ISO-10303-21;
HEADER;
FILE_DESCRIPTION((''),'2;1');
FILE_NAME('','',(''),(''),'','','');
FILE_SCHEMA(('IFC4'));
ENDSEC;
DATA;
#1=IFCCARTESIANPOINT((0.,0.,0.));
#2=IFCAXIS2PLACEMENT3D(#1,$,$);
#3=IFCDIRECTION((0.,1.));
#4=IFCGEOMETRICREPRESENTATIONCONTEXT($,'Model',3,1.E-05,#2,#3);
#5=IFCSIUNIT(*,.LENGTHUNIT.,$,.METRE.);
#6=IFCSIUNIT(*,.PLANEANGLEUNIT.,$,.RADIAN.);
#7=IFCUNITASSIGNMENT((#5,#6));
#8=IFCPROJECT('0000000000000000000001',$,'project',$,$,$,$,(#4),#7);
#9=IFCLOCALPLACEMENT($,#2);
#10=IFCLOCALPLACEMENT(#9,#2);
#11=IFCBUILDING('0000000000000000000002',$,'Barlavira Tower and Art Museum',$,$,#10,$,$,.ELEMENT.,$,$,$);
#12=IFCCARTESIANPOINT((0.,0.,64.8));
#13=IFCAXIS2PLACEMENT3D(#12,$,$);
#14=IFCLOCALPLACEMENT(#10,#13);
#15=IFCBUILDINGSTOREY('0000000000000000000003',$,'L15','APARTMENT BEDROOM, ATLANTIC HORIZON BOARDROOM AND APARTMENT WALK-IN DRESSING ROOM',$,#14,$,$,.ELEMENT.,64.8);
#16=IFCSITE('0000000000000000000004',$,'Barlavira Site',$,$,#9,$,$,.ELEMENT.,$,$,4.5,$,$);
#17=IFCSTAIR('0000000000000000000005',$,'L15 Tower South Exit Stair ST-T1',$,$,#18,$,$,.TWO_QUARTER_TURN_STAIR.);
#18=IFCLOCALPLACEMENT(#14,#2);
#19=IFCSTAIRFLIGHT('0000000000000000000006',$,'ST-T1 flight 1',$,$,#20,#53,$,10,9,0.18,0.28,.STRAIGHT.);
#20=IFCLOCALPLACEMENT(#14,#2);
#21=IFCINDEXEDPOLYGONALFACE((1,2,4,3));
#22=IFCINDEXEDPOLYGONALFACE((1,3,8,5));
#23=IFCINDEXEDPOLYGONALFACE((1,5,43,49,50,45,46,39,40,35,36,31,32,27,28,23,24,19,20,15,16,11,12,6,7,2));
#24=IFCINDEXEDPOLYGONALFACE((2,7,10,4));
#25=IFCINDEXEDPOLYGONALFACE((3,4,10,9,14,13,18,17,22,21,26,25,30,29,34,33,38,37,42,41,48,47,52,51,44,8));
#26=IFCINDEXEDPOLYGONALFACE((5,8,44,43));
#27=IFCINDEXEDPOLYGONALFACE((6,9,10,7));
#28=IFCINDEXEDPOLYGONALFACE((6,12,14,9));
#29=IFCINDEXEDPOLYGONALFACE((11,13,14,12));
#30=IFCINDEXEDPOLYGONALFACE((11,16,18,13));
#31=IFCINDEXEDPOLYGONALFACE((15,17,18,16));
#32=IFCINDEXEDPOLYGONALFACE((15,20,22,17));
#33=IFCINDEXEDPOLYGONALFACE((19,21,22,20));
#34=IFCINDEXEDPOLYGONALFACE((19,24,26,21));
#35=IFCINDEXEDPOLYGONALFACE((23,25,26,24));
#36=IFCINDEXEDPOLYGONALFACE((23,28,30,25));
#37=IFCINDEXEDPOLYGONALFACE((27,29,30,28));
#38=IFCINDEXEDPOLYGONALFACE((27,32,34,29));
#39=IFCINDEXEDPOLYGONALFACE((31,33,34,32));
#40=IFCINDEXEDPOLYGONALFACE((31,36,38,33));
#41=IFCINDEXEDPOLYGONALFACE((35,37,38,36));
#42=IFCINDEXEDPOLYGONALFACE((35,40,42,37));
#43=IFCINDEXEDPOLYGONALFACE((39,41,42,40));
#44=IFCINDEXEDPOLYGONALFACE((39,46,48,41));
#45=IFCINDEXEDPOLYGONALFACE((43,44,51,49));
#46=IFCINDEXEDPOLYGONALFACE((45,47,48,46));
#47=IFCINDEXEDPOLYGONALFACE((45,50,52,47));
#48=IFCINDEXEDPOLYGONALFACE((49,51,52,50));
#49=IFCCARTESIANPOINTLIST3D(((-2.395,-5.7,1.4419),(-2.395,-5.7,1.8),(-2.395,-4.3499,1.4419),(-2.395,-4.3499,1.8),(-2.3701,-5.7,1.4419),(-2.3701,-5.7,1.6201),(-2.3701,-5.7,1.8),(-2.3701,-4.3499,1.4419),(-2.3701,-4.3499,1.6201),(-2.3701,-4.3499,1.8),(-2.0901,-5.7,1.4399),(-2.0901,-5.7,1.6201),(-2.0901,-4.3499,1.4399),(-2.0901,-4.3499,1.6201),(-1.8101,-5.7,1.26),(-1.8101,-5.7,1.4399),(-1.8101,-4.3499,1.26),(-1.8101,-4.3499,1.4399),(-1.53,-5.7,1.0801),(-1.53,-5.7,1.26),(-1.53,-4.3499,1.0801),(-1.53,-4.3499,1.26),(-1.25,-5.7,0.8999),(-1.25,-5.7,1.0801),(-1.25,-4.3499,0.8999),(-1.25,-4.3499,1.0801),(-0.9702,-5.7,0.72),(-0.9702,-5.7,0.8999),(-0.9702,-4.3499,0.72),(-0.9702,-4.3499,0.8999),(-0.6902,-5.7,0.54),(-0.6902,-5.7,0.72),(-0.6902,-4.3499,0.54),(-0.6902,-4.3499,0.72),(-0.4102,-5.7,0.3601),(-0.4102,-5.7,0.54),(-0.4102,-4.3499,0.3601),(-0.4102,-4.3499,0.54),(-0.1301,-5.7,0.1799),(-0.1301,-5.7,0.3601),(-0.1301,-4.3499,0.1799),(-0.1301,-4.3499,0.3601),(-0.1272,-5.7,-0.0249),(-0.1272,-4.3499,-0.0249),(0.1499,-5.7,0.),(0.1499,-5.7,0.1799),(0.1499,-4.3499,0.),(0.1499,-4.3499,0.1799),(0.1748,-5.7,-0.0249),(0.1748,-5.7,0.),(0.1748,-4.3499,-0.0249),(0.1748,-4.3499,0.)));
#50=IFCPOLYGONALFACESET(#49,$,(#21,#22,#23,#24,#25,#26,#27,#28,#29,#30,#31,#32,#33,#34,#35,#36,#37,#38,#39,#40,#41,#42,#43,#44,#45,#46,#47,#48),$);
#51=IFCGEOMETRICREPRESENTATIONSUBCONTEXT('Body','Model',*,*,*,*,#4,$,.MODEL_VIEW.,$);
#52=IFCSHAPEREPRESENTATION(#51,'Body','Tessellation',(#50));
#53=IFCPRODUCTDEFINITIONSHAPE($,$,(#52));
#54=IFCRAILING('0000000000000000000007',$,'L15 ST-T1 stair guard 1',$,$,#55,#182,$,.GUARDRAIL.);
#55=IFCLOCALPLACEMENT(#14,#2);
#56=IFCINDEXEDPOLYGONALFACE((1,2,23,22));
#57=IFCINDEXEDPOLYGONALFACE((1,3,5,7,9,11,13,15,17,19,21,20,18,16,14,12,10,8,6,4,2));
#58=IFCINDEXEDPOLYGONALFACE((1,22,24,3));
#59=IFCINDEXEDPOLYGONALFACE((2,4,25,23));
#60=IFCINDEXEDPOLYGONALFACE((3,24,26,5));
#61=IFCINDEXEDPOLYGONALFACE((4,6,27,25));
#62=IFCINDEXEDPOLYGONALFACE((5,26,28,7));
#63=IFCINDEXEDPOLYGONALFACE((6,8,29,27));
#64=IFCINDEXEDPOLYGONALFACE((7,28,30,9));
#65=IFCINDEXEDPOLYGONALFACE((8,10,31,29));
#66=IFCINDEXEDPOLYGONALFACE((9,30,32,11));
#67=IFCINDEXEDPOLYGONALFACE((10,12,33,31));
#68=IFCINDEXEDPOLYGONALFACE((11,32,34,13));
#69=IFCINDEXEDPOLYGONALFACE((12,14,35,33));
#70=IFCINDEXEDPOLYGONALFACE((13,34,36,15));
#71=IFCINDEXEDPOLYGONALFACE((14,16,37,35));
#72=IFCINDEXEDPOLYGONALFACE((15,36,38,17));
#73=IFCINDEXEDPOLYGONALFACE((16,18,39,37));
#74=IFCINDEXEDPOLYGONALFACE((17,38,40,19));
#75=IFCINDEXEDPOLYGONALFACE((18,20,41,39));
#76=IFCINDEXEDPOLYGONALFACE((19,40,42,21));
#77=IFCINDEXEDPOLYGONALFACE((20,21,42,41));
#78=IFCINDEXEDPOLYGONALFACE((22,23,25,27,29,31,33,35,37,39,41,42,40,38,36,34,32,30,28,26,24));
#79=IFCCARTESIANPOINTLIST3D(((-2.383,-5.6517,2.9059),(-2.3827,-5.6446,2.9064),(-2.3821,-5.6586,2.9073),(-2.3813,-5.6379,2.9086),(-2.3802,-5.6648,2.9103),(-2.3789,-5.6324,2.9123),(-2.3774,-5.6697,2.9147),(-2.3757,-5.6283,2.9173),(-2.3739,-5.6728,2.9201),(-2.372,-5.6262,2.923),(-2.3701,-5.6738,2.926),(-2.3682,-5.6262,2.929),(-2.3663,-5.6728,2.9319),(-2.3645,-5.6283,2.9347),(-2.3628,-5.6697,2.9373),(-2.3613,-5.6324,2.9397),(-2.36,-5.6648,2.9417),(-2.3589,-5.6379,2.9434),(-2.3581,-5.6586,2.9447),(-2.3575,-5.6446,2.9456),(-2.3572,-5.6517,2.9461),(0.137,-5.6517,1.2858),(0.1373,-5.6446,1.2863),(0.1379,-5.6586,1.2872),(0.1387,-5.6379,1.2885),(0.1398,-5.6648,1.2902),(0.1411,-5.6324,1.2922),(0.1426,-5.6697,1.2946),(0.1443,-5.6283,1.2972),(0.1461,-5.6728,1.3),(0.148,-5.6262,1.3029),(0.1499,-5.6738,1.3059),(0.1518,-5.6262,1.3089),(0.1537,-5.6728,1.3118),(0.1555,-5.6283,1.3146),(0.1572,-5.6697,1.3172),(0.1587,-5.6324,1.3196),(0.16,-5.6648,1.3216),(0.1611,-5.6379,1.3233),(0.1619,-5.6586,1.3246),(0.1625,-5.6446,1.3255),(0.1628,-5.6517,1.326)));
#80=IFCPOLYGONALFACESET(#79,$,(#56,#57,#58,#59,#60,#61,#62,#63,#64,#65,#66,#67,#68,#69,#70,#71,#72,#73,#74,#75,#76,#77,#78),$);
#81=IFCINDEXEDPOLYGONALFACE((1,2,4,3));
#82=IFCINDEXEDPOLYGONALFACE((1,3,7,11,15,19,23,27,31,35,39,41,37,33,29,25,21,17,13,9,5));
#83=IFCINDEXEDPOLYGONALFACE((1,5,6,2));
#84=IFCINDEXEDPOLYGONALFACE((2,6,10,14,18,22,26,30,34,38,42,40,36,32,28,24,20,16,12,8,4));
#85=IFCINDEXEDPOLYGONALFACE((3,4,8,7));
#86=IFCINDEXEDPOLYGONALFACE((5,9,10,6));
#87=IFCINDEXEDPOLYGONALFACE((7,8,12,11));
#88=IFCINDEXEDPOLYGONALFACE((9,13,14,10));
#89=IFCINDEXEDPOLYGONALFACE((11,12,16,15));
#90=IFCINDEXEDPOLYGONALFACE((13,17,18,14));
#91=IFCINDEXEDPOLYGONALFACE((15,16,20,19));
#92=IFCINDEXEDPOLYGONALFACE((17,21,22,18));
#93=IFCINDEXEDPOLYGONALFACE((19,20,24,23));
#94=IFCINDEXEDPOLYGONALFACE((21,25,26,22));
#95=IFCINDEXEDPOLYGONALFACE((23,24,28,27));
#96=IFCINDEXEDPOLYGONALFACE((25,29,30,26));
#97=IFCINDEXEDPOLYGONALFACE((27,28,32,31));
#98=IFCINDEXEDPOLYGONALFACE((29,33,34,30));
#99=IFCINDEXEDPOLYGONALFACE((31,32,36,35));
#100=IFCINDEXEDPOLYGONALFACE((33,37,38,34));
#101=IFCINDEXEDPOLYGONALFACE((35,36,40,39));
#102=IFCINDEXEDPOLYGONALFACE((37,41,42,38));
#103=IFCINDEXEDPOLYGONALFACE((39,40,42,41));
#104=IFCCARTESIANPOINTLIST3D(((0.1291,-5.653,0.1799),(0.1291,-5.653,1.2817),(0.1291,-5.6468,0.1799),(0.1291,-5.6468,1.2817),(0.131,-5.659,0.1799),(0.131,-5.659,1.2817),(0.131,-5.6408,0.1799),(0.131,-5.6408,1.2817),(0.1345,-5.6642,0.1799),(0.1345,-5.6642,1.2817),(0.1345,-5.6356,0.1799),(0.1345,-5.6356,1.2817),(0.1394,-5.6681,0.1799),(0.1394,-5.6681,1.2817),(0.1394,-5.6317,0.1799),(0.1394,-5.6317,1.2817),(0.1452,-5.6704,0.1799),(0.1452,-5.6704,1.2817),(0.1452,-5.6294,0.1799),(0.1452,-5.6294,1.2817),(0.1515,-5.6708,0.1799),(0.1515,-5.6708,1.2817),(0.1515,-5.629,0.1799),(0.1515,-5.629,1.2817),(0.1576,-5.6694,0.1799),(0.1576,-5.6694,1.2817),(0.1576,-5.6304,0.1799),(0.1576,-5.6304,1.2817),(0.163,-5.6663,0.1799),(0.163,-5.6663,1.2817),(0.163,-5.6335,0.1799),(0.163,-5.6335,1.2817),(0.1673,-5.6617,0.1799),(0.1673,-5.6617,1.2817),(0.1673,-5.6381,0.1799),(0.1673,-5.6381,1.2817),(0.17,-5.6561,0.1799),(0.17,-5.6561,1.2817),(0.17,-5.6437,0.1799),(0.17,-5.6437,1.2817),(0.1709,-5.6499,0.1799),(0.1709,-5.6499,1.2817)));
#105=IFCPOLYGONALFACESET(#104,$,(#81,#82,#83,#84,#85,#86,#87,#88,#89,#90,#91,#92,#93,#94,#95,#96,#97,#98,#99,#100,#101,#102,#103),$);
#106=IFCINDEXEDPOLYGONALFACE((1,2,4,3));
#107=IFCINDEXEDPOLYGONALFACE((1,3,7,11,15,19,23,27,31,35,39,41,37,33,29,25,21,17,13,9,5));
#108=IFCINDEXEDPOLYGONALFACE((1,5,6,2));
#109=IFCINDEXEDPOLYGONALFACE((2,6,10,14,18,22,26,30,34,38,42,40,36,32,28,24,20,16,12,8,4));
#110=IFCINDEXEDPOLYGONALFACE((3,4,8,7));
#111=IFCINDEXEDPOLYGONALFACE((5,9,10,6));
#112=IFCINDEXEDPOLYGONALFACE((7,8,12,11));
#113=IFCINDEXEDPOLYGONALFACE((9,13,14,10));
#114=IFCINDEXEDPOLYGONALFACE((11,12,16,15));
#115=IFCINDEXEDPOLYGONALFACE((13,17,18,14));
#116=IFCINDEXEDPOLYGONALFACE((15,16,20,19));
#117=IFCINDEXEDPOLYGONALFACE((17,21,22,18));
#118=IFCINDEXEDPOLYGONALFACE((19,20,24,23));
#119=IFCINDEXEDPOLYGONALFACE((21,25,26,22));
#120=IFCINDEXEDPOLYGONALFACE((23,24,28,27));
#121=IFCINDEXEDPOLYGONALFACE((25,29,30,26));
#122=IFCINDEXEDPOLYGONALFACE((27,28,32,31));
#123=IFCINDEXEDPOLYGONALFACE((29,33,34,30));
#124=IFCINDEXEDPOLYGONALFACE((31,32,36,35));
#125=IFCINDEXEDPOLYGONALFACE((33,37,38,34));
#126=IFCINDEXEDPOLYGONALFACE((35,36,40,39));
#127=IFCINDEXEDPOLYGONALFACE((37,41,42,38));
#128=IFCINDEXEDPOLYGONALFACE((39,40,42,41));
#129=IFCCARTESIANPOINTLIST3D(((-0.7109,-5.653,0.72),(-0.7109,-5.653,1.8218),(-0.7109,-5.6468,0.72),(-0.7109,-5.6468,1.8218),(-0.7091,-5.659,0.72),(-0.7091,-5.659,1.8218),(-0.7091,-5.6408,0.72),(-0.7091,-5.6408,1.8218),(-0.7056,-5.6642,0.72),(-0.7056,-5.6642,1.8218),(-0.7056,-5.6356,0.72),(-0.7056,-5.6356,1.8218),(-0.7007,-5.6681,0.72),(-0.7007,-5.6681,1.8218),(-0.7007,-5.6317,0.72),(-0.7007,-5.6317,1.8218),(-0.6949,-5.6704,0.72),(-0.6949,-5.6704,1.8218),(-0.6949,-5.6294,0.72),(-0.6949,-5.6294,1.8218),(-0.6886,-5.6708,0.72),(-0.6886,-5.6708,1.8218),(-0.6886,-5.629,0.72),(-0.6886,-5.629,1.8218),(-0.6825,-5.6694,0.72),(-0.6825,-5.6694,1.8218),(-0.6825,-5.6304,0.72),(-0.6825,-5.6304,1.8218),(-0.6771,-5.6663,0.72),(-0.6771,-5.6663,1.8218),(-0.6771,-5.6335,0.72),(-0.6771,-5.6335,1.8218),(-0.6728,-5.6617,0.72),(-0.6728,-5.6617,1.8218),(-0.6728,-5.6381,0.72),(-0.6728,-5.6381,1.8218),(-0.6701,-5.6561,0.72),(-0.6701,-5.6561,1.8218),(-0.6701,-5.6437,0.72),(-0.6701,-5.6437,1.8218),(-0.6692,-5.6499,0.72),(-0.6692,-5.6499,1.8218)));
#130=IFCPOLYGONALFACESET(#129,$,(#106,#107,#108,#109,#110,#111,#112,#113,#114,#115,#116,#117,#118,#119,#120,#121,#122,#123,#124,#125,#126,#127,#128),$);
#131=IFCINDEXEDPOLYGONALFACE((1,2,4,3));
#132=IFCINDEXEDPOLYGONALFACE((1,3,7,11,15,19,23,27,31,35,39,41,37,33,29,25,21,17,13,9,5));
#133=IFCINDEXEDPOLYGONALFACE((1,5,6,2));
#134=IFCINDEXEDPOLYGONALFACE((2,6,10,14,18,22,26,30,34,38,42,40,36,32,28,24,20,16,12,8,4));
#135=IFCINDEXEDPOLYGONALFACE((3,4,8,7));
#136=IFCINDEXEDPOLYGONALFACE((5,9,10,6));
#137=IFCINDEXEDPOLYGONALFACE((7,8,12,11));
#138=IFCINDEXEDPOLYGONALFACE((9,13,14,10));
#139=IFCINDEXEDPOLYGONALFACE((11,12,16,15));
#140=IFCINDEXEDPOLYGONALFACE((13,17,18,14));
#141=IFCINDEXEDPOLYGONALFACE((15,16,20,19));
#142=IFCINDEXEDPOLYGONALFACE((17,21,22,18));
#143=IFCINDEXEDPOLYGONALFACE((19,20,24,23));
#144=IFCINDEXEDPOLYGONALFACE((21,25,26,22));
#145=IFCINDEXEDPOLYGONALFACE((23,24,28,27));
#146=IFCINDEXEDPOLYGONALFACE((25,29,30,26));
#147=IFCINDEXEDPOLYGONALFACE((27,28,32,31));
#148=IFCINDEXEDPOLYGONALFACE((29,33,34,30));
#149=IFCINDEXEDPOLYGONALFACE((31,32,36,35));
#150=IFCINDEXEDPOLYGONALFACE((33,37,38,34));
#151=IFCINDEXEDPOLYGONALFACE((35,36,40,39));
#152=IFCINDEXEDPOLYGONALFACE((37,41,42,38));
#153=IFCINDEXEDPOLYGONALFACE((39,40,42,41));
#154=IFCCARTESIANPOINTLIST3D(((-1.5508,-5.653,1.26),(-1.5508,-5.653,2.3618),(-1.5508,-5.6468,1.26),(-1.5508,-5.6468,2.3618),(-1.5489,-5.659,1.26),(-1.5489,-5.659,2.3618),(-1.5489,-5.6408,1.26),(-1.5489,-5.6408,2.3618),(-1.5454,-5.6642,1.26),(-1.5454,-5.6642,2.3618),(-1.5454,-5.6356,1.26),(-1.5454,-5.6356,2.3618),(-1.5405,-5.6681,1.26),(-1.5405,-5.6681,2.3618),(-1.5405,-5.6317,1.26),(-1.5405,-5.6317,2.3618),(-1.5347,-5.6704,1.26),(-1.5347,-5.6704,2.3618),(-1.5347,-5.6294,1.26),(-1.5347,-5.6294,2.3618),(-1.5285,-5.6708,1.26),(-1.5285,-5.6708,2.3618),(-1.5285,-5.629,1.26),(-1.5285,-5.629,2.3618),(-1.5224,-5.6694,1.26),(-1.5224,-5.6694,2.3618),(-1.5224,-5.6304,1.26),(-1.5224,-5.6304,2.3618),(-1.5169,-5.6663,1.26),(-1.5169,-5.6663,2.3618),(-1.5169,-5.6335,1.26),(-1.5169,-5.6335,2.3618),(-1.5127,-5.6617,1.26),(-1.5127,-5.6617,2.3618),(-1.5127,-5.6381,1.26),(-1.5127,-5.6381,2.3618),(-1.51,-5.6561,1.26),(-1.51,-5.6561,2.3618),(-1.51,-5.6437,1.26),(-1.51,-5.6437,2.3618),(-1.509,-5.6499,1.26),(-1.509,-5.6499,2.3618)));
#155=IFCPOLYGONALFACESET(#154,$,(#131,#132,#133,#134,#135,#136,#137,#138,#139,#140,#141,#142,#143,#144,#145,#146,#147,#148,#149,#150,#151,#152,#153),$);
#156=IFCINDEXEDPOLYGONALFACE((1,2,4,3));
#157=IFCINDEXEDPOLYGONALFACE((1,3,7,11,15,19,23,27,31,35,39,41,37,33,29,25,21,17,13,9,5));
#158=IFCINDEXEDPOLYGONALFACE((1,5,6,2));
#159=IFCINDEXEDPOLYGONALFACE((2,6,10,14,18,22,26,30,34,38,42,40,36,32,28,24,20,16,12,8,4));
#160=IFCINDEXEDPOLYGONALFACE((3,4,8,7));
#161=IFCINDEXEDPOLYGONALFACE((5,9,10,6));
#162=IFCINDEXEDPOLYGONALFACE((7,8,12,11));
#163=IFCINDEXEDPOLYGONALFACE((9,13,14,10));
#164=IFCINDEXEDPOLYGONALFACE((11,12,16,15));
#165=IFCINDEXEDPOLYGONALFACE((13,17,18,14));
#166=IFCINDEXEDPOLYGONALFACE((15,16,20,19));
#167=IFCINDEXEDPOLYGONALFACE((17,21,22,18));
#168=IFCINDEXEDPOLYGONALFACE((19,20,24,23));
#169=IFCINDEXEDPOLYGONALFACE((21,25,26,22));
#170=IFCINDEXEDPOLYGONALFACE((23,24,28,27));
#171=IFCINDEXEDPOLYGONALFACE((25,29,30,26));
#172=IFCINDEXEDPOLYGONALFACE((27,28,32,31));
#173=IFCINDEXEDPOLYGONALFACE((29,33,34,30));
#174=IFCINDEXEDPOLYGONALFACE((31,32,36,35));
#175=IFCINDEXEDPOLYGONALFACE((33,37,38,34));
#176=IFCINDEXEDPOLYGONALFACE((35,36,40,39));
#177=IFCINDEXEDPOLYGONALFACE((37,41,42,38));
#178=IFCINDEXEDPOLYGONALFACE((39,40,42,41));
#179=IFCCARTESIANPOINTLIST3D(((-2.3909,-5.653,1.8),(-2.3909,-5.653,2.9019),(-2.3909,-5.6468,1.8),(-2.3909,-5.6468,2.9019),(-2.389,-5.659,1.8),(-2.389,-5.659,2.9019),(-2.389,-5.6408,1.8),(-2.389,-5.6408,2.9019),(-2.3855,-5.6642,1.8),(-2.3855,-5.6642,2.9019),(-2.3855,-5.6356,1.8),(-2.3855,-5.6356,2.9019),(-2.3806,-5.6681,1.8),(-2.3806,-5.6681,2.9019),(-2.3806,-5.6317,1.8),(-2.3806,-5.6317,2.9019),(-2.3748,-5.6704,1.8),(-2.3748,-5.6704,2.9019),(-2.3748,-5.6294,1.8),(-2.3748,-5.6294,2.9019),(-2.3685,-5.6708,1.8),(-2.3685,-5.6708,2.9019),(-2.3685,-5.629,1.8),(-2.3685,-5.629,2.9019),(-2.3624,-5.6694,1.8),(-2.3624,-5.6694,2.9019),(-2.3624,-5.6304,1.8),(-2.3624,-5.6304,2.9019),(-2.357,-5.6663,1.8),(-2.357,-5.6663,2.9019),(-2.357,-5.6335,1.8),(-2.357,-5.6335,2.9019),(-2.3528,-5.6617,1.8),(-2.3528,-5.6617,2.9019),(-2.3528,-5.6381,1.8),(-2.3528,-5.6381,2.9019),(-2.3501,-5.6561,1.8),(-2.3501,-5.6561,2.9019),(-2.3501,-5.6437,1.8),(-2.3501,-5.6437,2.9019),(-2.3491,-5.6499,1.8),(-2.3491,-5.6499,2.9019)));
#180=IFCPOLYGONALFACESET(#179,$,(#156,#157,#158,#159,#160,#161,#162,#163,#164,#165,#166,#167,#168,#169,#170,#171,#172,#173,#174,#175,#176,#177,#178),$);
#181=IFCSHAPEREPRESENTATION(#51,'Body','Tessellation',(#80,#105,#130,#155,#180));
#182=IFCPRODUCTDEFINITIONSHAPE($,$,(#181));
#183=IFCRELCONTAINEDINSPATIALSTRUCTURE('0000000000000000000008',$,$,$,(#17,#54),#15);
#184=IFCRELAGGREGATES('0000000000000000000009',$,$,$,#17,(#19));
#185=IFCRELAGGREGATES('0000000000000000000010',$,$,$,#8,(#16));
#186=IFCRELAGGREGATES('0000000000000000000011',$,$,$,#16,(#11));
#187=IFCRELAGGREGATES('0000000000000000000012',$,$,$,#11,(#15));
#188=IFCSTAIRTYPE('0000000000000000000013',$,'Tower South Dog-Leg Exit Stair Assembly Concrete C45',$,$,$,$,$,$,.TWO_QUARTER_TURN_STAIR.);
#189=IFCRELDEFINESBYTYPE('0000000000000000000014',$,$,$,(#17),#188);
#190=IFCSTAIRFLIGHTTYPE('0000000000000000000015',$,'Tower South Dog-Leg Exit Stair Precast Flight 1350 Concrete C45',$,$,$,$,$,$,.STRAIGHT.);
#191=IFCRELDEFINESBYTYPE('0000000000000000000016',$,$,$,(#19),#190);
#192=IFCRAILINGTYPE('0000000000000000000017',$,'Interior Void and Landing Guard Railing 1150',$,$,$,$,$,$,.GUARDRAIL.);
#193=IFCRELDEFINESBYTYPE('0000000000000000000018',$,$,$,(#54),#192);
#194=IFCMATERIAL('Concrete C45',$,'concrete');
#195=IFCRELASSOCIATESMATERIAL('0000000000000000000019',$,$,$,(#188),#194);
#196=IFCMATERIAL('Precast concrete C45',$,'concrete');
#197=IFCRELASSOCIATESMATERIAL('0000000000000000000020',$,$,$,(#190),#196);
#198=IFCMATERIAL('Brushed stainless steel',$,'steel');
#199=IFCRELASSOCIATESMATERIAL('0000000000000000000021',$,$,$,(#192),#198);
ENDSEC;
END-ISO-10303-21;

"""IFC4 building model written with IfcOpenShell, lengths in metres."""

from ifc_helpers import new_model, si_unit, direction, frame, origin, origin_2d, place, context, subcontext, project, spatial, polyline, circle, outline, extrude, material, type_object, element, aggregate, save


model = new_model("IFC4")

# Units and contexts
model_context = context("Model", 3, precision=1e-05, world=origin(), true_north=direction((0.0, 1.0)))
body_context = subcontext(model_context, "Body", "Model", "MODEL_VIEW")
ifc_project = project(units=[si_unit("LENGTHUNIT", "METRE"), si_unit("PLANEANGLEUNIT", "RADIAN")], contexts=[model_context])

# Site, building, storey
site_placement = place(None, origin())
site = spatial("IfcSite", under=ifc_project, at=site_placement, Name="Barlavira Site", CompositionType="ELEMENT", RefElevation=4.5)
building_placement = place(site_placement, origin())
building = spatial("IfcBuilding", under=site, at=building_placement, Name="Barlavira Tower and Art Museum", CompositionType="ELEMENT")
storey_placement = place(building_placement, frame((0.0, 0.0, 64.8)))
storey = spatial("IfcBuildingStorey", under=building, at=storey_placement, Name="L15", Description="APARTMENT BEDROOM, ATLANTIC HORIZON BOARDROOM AND APARTMENT WALK-IN DRESSING ROOM", CompositionType="ELEMENT", Elevation=64.8)

# Stair
ifc_material_1 = material(Name="Concrete C45", Category="concrete")
stair_type_1 = type_object("IfcStairType", Name="Tower South Dog-Leg Exit Stair Assembly Concrete C45", PredefinedType="TWO_QUARTER_TURN_STAIR", material=ifc_material_1)
stair_1_placement = place(storey_placement, origin())
stair_1 = element("IfcStair", 1, at=stair_1_placement, inside=storey, type_object=stair_type_1, Name="L15 Tower South Exit Stair ST-T1", PredefinedType="TWO_QUARTER_TURN_STAIR")

# Shared definitions
ifc_material_2 = material(Name="Brushed stainless steel", Category="steel")

# Stair flight
ifc_material_3 = material(Name="Precast concrete C45", Category="concrete")
stair_flight_type = type_object("IfcStairFlightType", Name="Tower South Dog-Leg Exit Stair Precast Flight 1350 Concrete C45", PredefinedType="STRAIGHT", material=ifc_material_3)
stair_flight_placement = place(storey_placement, frame((0.1499, -5.0249, 0.0), z_axis=(0.0, 0.0, 1.0), x_axis=(-1.0, 0.0, 0.0)))
stair_flight = element("IfcStairFlight", 2, at=stair_flight_placement, type_object=stair_flight_type, Name="ST-T1 flight 1", NumberOfRisers=10, NumberOfTreads=9, PredefinedType="STRAIGHT", RiserHeight=0.18, TreadLength=0.28, context=body_context, shape_type="SweptSolid", body=[
    extrude(outline(polyline([(-0.0249, 0.0), (0.0, 0.0), (0.0, 0.1799), (0.28, 0.1799), (0.28, 0.3601), (0.5601, 0.3601), (0.5601, 0.54), (0.8401, 0.54), (0.8401, 0.72), (1.1201, 0.72), (1.1201, 0.8999), (1.3999, 0.8999), (1.3999, 1.0801), (1.6799, 1.0801), (1.6799, 1.26), (1.96, 1.26), (1.96, 1.4399), (2.24, 1.4399), (2.24, 1.6201), (2.52, 1.6201), (2.52, 1.8), (2.5449, 1.8), (2.5449, 1.4419), (2.52, 1.4419), (0.2771, -0.0249), (-0.0249, -0.0249), (-0.0249, 0.0)])), frame((0.0, 0.675, 0.0), z_axis=(0.0, -1.0, 0.0), x_axis=(1.0, 0.0, 0.0)), (0.0, 0.0, 1.0), 1.3501),
])
aggregate(stair_1, [stair_flight])

# Railing
railing_type_1 = type_object("IfcRailingType", Name="Interior Void and Landing Guard Railing 1150", PredefinedType="GUARDRAIL", material=ifc_material_2)
railing_1_placement = place(storey_placement, frame((0.1499, -5.6499, 0.1799)))
element("IfcRailing", 3, at=railing_1_placement, inside=storey, type_object=railing_type_1, Name="L15 ST-T1 stair guard 1", PredefinedType="GUARDRAIL", context=body_context, shape_type="SweptSolid", body=[
    extrude(circle(Radius=0.0239, at=origin_2d()), frame((0.0, 0.0, 1.126), z_axis=(-0.841163, 0.0, 0.540782), x_axis=(0.0, -1.0, 0.0)), (0.0, 0.0, 1.0), 2.9958),
    extrude(circle(Radius=0.021, at=origin_2d()), origin(), (0.0, 0.0, 1.0), 1.1018),
    extrude(circle(Radius=0.021, at=origin_2d()), frame((-0.8401, 0.0, 0.54)), (0.0, 0.0, 1.0), 1.1018),
    extrude(circle(Radius=0.021, at=origin_2d()), frame((-1.6799, 0.0, 1.0801)), (0.0, 0.0, 1.0), 1.1018),
    extrude(circle(Radius=0.021, at=origin_2d()), frame((-2.52, 0.0, 1.6201)), (0.0, 0.0, 1.0), 1.1018),
])

save(model, "model.ifc")
